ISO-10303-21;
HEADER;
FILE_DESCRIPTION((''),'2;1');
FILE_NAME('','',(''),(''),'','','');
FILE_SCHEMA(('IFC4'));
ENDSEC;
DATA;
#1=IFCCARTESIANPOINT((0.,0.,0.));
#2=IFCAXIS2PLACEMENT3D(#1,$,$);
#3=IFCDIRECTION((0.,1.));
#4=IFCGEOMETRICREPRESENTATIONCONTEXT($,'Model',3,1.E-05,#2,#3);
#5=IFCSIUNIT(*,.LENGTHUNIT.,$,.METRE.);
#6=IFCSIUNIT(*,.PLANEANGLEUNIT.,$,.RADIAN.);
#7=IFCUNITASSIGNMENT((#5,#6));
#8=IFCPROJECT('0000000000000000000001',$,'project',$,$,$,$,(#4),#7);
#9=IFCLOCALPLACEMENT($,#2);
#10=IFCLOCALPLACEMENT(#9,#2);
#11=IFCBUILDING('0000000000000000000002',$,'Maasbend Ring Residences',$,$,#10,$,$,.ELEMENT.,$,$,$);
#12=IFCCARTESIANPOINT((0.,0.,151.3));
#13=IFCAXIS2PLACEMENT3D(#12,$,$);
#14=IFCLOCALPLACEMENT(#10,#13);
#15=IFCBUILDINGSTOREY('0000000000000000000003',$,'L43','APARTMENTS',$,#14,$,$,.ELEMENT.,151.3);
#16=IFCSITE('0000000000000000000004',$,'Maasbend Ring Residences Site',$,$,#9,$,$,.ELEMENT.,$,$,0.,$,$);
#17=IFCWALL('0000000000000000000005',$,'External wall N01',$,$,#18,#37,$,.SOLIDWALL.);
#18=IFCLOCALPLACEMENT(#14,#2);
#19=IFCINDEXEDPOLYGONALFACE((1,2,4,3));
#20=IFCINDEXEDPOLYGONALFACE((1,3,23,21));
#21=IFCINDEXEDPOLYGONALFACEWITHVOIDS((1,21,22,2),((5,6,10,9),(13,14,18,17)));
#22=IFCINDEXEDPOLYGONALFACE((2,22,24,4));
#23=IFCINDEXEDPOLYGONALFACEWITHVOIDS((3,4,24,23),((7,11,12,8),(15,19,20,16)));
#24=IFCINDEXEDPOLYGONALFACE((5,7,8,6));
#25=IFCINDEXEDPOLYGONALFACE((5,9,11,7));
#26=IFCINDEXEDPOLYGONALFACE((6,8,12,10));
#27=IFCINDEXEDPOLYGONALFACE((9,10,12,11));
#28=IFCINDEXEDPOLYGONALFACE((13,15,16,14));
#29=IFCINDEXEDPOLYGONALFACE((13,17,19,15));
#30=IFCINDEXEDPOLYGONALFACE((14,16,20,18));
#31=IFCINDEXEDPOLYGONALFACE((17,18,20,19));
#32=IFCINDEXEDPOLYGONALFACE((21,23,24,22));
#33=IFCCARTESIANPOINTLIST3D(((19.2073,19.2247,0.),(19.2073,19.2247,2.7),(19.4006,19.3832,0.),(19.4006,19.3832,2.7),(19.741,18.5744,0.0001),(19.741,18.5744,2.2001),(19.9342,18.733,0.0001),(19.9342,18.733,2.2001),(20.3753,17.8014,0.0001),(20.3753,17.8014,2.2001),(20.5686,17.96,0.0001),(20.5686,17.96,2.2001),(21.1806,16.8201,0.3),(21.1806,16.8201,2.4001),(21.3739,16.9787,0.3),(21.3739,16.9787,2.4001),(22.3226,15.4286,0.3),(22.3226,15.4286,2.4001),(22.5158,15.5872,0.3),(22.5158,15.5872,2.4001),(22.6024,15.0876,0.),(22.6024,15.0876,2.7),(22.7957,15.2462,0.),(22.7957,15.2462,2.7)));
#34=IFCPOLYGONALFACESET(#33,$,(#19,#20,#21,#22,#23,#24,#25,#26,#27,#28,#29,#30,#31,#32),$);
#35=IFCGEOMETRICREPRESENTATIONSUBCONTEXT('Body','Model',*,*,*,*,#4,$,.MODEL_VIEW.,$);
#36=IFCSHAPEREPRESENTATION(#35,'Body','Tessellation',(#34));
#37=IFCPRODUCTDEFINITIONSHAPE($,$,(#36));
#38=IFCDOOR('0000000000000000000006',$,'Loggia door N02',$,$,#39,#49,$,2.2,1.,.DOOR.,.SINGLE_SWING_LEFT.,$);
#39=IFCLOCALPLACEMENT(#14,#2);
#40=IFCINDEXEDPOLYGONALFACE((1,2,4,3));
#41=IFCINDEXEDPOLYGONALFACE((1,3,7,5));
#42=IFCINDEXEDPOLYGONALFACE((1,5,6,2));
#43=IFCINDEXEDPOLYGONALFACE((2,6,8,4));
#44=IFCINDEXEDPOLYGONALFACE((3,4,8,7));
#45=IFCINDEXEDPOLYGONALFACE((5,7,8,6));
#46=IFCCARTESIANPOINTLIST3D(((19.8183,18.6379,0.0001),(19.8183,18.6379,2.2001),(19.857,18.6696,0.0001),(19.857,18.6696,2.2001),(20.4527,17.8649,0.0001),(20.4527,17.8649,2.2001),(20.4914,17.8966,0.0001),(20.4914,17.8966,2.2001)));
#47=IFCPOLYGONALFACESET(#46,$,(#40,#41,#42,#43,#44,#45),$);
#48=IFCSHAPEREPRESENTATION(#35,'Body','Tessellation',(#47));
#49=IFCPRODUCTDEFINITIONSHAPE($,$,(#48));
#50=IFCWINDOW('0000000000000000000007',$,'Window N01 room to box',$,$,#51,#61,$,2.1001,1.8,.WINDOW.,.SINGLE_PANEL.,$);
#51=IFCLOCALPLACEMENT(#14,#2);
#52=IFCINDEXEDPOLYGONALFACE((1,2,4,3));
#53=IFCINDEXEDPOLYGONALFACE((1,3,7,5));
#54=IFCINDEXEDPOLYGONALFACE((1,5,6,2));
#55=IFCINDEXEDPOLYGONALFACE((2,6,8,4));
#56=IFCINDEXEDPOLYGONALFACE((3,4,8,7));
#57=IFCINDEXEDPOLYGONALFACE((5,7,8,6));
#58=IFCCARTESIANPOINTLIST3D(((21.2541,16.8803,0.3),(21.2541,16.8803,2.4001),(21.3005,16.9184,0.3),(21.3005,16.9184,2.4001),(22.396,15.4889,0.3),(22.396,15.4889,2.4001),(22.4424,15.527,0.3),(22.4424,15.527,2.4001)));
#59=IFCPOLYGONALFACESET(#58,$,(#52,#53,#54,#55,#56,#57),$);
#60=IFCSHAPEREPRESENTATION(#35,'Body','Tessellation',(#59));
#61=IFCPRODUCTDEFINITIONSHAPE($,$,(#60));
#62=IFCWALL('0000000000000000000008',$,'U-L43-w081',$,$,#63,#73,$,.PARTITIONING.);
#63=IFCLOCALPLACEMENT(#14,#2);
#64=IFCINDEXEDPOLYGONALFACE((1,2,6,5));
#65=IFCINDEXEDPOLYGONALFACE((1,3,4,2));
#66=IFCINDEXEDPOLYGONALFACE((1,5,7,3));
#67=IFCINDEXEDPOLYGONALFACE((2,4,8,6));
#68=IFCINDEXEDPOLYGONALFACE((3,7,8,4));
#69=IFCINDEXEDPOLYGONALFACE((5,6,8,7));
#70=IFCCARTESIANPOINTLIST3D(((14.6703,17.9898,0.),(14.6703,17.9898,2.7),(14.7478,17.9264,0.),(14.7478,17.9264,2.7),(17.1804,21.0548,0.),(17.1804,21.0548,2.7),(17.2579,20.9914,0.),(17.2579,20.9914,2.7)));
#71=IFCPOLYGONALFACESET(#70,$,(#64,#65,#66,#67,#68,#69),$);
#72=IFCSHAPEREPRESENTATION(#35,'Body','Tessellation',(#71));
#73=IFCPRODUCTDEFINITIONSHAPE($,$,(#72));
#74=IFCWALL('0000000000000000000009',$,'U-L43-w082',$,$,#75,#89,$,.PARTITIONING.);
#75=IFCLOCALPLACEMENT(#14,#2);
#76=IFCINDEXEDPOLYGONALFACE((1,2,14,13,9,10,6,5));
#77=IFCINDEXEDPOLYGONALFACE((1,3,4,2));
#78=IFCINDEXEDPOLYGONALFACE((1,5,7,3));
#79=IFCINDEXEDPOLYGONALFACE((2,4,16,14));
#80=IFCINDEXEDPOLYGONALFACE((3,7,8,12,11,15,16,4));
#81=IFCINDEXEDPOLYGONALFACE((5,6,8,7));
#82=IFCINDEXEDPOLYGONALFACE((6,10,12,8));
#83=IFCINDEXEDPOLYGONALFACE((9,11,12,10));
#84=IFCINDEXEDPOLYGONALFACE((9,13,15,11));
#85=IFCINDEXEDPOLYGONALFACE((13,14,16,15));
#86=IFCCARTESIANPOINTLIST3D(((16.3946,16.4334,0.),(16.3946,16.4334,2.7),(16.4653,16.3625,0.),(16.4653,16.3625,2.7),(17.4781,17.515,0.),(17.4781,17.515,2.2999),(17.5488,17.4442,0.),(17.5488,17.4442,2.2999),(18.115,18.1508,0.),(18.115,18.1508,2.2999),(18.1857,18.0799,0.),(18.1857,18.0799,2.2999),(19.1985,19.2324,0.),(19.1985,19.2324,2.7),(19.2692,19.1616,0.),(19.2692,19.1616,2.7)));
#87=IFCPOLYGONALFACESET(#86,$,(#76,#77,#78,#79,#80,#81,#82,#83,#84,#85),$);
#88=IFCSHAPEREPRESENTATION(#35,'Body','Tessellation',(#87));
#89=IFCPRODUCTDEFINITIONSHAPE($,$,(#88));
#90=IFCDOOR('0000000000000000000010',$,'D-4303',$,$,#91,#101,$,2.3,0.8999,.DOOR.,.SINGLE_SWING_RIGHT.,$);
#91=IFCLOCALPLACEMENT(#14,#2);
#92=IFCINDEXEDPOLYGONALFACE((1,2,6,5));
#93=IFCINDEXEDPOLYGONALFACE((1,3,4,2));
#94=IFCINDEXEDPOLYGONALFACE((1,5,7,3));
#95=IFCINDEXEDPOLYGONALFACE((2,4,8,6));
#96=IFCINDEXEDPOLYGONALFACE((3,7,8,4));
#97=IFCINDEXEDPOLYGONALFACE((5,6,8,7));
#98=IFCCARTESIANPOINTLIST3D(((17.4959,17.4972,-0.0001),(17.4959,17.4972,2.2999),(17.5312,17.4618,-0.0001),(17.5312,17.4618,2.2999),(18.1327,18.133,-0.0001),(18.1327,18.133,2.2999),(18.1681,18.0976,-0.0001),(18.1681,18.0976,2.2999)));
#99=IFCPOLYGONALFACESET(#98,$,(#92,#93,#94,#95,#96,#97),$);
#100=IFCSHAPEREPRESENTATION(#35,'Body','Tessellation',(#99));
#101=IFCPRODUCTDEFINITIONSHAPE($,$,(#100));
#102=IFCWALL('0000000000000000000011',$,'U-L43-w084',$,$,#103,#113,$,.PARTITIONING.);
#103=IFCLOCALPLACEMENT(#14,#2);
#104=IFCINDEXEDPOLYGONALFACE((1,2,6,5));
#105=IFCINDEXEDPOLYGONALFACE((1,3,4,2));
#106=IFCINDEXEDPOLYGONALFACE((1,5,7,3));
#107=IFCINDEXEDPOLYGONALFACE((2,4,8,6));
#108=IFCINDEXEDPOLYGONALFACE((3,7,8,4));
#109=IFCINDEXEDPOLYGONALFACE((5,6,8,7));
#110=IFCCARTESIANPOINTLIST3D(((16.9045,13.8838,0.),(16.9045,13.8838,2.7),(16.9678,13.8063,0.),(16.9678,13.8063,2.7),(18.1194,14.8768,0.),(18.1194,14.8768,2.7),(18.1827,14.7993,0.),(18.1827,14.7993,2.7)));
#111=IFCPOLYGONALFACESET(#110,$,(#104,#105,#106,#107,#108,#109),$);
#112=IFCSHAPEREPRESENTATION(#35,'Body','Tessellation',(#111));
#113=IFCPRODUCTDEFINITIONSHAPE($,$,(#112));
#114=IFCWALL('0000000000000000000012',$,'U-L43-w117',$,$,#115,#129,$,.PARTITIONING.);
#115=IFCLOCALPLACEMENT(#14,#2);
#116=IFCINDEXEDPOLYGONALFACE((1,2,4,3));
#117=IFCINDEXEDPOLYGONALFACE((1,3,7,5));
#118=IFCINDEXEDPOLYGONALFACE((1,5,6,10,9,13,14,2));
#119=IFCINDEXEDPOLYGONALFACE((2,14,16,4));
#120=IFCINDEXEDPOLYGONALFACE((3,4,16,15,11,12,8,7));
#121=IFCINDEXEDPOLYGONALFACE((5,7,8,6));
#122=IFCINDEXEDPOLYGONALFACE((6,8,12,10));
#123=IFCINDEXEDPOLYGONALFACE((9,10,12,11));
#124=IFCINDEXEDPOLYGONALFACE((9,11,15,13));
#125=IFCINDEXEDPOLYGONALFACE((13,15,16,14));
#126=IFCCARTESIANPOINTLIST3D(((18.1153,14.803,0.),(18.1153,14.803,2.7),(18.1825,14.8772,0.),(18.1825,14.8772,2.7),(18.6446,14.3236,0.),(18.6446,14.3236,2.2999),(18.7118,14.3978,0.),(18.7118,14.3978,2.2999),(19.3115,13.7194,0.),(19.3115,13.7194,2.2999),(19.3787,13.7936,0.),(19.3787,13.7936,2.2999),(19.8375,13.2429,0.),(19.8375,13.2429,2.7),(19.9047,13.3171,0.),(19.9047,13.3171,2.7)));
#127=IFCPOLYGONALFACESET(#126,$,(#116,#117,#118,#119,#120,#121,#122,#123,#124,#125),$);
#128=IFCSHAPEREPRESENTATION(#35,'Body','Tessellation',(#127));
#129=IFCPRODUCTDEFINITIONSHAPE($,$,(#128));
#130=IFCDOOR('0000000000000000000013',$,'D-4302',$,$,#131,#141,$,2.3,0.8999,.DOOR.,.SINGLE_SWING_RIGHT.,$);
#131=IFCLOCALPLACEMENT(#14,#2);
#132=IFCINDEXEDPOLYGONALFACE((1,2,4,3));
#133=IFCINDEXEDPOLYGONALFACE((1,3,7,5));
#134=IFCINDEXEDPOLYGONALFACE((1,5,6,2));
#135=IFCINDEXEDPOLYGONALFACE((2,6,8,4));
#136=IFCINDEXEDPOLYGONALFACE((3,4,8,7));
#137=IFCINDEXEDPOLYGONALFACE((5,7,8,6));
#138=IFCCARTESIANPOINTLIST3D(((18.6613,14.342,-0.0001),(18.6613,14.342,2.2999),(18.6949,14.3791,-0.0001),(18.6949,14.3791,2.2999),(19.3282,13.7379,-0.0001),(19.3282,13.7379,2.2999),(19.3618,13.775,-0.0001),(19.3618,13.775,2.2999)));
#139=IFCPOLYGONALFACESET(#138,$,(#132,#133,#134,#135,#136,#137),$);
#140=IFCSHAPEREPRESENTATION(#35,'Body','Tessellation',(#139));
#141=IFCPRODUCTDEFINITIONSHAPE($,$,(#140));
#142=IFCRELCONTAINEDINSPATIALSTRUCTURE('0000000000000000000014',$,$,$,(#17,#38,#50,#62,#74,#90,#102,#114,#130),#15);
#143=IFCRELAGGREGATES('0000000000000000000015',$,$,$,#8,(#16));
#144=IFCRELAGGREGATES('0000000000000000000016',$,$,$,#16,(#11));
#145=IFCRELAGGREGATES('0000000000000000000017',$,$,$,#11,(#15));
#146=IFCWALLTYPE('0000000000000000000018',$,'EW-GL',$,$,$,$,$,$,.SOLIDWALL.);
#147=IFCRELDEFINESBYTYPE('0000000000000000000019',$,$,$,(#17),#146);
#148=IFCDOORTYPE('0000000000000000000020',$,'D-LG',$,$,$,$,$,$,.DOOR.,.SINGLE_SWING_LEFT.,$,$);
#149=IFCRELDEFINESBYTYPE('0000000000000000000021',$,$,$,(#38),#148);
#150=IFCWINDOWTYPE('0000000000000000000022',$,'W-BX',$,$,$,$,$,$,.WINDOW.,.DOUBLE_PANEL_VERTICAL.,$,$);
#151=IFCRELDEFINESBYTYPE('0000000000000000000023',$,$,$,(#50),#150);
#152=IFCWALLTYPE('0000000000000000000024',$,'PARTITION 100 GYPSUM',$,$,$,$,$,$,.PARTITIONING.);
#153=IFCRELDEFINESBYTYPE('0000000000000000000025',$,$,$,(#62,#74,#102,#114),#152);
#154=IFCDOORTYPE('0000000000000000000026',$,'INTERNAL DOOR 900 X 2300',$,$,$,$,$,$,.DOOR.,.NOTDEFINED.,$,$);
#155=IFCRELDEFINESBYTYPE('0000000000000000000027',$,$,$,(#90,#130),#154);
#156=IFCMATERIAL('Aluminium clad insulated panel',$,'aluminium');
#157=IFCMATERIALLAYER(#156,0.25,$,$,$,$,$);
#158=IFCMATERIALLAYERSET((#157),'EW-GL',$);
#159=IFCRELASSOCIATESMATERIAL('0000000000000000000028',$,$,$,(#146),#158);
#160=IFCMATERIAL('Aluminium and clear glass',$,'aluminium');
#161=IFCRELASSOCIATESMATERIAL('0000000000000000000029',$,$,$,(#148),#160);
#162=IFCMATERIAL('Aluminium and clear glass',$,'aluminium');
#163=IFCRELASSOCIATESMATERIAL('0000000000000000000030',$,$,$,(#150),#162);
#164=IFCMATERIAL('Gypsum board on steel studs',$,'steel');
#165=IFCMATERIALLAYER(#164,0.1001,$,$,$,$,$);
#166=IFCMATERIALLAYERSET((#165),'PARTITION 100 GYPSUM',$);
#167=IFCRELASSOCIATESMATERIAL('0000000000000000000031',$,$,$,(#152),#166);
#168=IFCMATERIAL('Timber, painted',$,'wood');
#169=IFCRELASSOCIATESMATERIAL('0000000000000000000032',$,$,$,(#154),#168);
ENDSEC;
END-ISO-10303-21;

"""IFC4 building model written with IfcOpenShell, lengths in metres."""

from ifc_helpers import new_model, si_unit, direction, frame, frame_2d, origin, place, context, subcontext, project, spatial, rectangle, extrude, material, layer, layer_set, type_object, element, fill, save


model = new_model("IFC4")

# Units and contexts
model_context = context("Model", 3, precision=1e-05, world=origin(), true_north=direction((0.0, 1.0)))
body_context = subcontext(model_context, "Body", "Model", "MODEL_VIEW")
ifc_project = project(units=[si_unit("LENGTHUNIT", "METRE"), si_unit("PLANEANGLEUNIT", "RADIAN")], contexts=[model_context])

# Site, building, storey
site_placement = place(None, origin())
site = spatial("IfcSite", under=ifc_project, at=site_placement, Name="Maasbend Ring Residences Site", CompositionType="ELEMENT", RefElevation=0.0)
building_placement = place(site_placement, origin())
building = spatial("IfcBuilding", under=site, at=building_placement, Name="Maasbend Ring Residences", CompositionType="ELEMENT")
storey_placement = place(building_placement, frame((0.0, 0.0, 151.3)))
storey = spatial("IfcBuildingStorey", under=building, at=storey_placement, Name="L43", Description="APARTMENTS", CompositionType="ELEMENT", Elevation=151.3)

# Wall, openings, door, window
ifc_material_1 = material(Name="Aluminium clad insulated panel", Category="aluminium")
ifc_layer_1 = layer(ifc_material_1, 0.25)
ifc_layer_set_1 = layer_set([ifc_layer_1], Name="EW-GL")
wall_type_1 = type_object("IfcWallType", Name="EW-GL", PredefinedType="SOLIDWALL", material=ifc_layer_set_1)
wall_1_placement = place(storey_placement, frame((22.699, 15.167, 0.0), z_axis=(0.0, 0.0, 1.0), x_axis=(-0.634382, 0.773019, 0.0)))
wall_1 = element("IfcWall", 1, at=wall_1_placement, inside=storey, type_object=wall_type_1, Name="External wall N01", PredefinedType="SOLIDWALL", context=body_context, shape_type="SweptSolid", body=[
    extrude(rectangle(XDim=5.3518, YDim=0.25, at=frame_2d((2.6758, 0.0))), origin(), (0.0, 0.0, 1.0), 2.7),
])
opening_1_placement = place(wall_1_placement, frame((0.4412, 0.0, 0.3)))
opening_1 = element("IfcOpeningElement", 2, at=opening_1_placement, cuts=wall_1, PredefinedType="OPENING", context=body_context, shape_type="SweptSolid", body=[
    extrude(rectangle(XDim=1.8, YDim=2.1001, at=frame_2d((0.8999, 1.05))), frame((0.0, 0.135, 0.0), z_axis=(0.0, -1.0, 0.0), x_axis=(1.0, 0.0, 0.0)), (0.0, 0.0, 1.0), 0.27),
])
opening_2_placement = place(wall_1_placement, frame((3.5105, 0.0, 0.0)))
opening_2 = element("IfcOpeningElement", 3, at=opening_2_placement, cuts=wall_1, PredefinedType="OPENING", context=body_context, shape_type="SweptSolid", body=[
    extrude(rectangle(XDim=1.0, YDim=2.2, at=frame_2d((0.5, 1.1001))), frame((0.0, 0.135, 0.0), z_axis=(0.0, -1.0, 0.0), x_axis=(1.0, 0.0, 0.0)), (0.0, 0.0, 1.0), 0.27),
])
ifc_material_2 = material(Name="Aluminium and clear glass", Category="aluminium")
door_type_1 = type_object("IfcDoorType", Name="D-LG", OperationType="SINGLE_SWING_LEFT", PredefinedType="DOOR", material=ifc_material_2)
door_1_placement = place(opening_2_placement, origin())
door_1 = element("IfcDoor", 4, at=door_1_placement, inside=storey, type_object=door_type_1, Name="Loggia door N02", OperationType="SINGLE_SWING_LEFT", OverallHeight=2.2, OverallWidth=1.0, PredefinedType="DOOR", context=body_context, shape_type="SweptSolid", body=[
    extrude(rectangle(XDim=1.0, YDim=2.2, at=frame_2d((0.5, 1.1001))), frame((0.0, 0.0249, 0.0), z_axis=(0.0, -1.0, 0.0), x_axis=(1.0, 0.0, 0.0)), (0.0, 0.0, 1.0), 0.05),
])
fill(opening_2, door_1)
ifc_material_3 = material(Name="Aluminium and clear glass", Category="aluminium")
window_type_1 = type_object("IfcWindowType", Name="W-BX", PartitioningType="DOUBLE_PANEL_VERTICAL", PredefinedType="WINDOW", material=ifc_material_3)
window_1_placement = place(opening_1_placement, origin())
window_1 = element("IfcWindow", 5, at=window_1_placement, inside=storey, type_object=window_type_1, Name="Window N01 room to box", OverallHeight=2.1001, OverallWidth=1.8, PartitioningType="SINGLE_PANEL", PredefinedType="WINDOW", context=body_context, shape_type="SweptSolid", body=[
    extrude(rectangle(XDim=1.8, YDim=2.1001, at=frame_2d((0.8999, 1.05))), frame((0.0, 0.03, 0.0), z_axis=(0.0, -1.0, 0.0), x_axis=(1.0, 0.0, 0.0)), (0.0, 0.0, 1.0), 0.0601),
])
fill(opening_1, window_1)

# Wall
ifc_material_4 = material(Name="Gypsum board on steel studs", Category="steel")
ifc_layer_2 = layer(ifc_material_4, 0.1001)
ifc_layer_set_2 = layer_set([ifc_layer_2], Name="PARTITION 100 GYPSUM")
wall_type_2 = type_object("IfcWallType", Name="PARTITION 100 GYPSUM", PredefinedType="PARTITIONING", material=ifc_layer_set_2)
wall_2_placement = place(storey_placement, frame((14.709, 17.958, 0.0), z_axis=(0.0, 0.0, 1.0), x_axis=(0.63359, 0.773669, 0.0)))
element("IfcWall", 6, at=wall_2_placement, inside=storey, type_object=wall_type_2, Name="U-L43-w081", PredefinedType="PARTITIONING", context=body_context, shape_type="SweptSolid", body=[
    extrude(rectangle(XDim=3.9617, YDim=0.1001, at=frame_2d((1.981, 0.0))), origin(), (0.0, 0.0, 1.0), 2.7),
])

# Wall, opening, door
wall_3_placement = place(storey_placement, frame((16.4299, 16.3979, 0.0), z_axis=(0.0, 0.0, 1.0), x_axis=(0.707723, 0.70649, 0.0)))
wall_3 = element("IfcWall", 7, at=wall_3_placement, inside=storey, type_object=wall_type_2, Name="U-L43-w082", PredefinedType="PARTITIONING", context=body_context, shape_type="SweptSolid", body=[
    extrude(rectangle(XDim=3.9619, YDim=0.1001, at=frame_2d((1.981, 0.0))), origin(), (0.0, 0.0, 1.0), 2.7),
])
opening_3_placement = place(wall_3_placement, frame((1.531, 0.0, 0.0)))
opening_3 = element("IfcOpeningElement", 8, at=opening_3_placement, cuts=wall_3, PredefinedType="OPENING", context=body_context, shape_type="SweptSolid", body=[
    extrude(rectangle(XDim=0.8999, YDim=2.3, at=frame_2d((0.45, 1.1499))), frame((0.0, 0.0601, 0.0), z_axis=(0.0, -1.0, 0.0), x_axis=(1.0, 0.0, 0.0)), (0.0, 0.0, 1.0), 0.1201),
])
ifc_material_5 = material(Name="Timber, painted", Category="wood")
door_type_2 = type_object("IfcDoorType", Name="INTERNAL DOOR 900 X 2300", OperationType="NOTDEFINED", PredefinedType="DOOR", material=ifc_material_5)
door_2_placement = place(opening_3_placement, origin())
door_2 = element("IfcDoor", 9, at=door_2_placement, inside=storey, type_object=door_type_2, Name="D-4303", OperationType="SINGLE_SWING_RIGHT", OverallHeight=2.3, OverallWidth=0.8999, PredefinedType="DOOR", context=body_context, shape_type="SweptSolid", body=[
    extrude(rectangle(XDim=0.8999, YDim=2.3, at=frame_2d((0.45, 1.1499))), frame((0.0, 0.0249, 0.0), z_axis=(0.0, -1.0, 0.0), x_axis=(1.0, 0.0, 0.0)), (0.0, 0.0, 1.0), 0.05),
])
fill(opening_3, door_2)

# Wall
wall_4_placement = place(storey_placement, frame((16.936, 13.845, 0.0), z_axis=(0.0, 0.0, 1.0), x_axis=(0.774283, 0.632839, 0.0)))
element("IfcWall", 10, at=wall_4_placement, inside=storey, type_object=wall_type_2, Name="U-L43-w084", PredefinedType="PARTITIONING", context=body_context, shape_type="SweptSolid", body=[
    extrude(rectangle(XDim=1.5691, YDim=0.1001, at=frame_2d((0.7847, 0.0))), origin(), (0.0, 0.0, 1.0), 2.7),
])

# Wall, opening, door
wall_5_placement = place(storey_placement, frame((18.1489, 14.8401, 0.0), z_axis=(0.0, 0.0, 1.0), x_axis=(0.741127, -0.671364, 0.0)))
wall_5 = element("IfcWall", 11, at=wall_5_placement, inside=storey, type_object=wall_type_2, Name="U-L43-w117", PredefinedType="PARTITIONING", context=body_context, shape_type="SweptSolid", body=[
    extrude(rectangle(XDim=2.3237, YDim=0.1001, at=frame_2d((1.1619, 0.0))), origin(), (0.0, 0.0, 1.0), 2.7),
])
opening_4_placement = place(wall_5_placement, frame((0.7141, 0.0, 0.0)))
opening_4 = element("IfcOpeningElement", 12, at=opening_4_placement, cuts=wall_5, PredefinedType="OPENING", context=body_context, shape_type="SweptSolid", body=[
    extrude(rectangle(XDim=0.8999, YDim=2.3, at=frame_2d((0.45, 1.1499))), frame((0.0, 0.0601, 0.0), z_axis=(0.0, -1.0, 0.0), x_axis=(1.0, 0.0, 0.0)), (0.0, 0.0, 1.0), 0.1201),
])
door_3_placement = place(opening_4_placement, origin())
door_3 = element("IfcDoor", 13, at=door_3_placement, inside=storey, type_object=door_type_2, Name="D-4302", OperationType="SINGLE_SWING_RIGHT", OverallHeight=2.3, OverallWidth=0.8999, PredefinedType="DOOR", context=body_context, shape_type="SweptSolid", body=[
    extrude(rectangle(XDim=0.8999, YDim=2.3, at=frame_2d((0.45, 1.1499))), frame((0.0, 0.0249, 0.0), z_axis=(0.0, -1.0, 0.0), x_axis=(1.0, 0.0, 0.0)), (0.0, 0.0, 1.0), 0.05),
])
fill(opening_4, door_3)

save(model, "model.ifc")
